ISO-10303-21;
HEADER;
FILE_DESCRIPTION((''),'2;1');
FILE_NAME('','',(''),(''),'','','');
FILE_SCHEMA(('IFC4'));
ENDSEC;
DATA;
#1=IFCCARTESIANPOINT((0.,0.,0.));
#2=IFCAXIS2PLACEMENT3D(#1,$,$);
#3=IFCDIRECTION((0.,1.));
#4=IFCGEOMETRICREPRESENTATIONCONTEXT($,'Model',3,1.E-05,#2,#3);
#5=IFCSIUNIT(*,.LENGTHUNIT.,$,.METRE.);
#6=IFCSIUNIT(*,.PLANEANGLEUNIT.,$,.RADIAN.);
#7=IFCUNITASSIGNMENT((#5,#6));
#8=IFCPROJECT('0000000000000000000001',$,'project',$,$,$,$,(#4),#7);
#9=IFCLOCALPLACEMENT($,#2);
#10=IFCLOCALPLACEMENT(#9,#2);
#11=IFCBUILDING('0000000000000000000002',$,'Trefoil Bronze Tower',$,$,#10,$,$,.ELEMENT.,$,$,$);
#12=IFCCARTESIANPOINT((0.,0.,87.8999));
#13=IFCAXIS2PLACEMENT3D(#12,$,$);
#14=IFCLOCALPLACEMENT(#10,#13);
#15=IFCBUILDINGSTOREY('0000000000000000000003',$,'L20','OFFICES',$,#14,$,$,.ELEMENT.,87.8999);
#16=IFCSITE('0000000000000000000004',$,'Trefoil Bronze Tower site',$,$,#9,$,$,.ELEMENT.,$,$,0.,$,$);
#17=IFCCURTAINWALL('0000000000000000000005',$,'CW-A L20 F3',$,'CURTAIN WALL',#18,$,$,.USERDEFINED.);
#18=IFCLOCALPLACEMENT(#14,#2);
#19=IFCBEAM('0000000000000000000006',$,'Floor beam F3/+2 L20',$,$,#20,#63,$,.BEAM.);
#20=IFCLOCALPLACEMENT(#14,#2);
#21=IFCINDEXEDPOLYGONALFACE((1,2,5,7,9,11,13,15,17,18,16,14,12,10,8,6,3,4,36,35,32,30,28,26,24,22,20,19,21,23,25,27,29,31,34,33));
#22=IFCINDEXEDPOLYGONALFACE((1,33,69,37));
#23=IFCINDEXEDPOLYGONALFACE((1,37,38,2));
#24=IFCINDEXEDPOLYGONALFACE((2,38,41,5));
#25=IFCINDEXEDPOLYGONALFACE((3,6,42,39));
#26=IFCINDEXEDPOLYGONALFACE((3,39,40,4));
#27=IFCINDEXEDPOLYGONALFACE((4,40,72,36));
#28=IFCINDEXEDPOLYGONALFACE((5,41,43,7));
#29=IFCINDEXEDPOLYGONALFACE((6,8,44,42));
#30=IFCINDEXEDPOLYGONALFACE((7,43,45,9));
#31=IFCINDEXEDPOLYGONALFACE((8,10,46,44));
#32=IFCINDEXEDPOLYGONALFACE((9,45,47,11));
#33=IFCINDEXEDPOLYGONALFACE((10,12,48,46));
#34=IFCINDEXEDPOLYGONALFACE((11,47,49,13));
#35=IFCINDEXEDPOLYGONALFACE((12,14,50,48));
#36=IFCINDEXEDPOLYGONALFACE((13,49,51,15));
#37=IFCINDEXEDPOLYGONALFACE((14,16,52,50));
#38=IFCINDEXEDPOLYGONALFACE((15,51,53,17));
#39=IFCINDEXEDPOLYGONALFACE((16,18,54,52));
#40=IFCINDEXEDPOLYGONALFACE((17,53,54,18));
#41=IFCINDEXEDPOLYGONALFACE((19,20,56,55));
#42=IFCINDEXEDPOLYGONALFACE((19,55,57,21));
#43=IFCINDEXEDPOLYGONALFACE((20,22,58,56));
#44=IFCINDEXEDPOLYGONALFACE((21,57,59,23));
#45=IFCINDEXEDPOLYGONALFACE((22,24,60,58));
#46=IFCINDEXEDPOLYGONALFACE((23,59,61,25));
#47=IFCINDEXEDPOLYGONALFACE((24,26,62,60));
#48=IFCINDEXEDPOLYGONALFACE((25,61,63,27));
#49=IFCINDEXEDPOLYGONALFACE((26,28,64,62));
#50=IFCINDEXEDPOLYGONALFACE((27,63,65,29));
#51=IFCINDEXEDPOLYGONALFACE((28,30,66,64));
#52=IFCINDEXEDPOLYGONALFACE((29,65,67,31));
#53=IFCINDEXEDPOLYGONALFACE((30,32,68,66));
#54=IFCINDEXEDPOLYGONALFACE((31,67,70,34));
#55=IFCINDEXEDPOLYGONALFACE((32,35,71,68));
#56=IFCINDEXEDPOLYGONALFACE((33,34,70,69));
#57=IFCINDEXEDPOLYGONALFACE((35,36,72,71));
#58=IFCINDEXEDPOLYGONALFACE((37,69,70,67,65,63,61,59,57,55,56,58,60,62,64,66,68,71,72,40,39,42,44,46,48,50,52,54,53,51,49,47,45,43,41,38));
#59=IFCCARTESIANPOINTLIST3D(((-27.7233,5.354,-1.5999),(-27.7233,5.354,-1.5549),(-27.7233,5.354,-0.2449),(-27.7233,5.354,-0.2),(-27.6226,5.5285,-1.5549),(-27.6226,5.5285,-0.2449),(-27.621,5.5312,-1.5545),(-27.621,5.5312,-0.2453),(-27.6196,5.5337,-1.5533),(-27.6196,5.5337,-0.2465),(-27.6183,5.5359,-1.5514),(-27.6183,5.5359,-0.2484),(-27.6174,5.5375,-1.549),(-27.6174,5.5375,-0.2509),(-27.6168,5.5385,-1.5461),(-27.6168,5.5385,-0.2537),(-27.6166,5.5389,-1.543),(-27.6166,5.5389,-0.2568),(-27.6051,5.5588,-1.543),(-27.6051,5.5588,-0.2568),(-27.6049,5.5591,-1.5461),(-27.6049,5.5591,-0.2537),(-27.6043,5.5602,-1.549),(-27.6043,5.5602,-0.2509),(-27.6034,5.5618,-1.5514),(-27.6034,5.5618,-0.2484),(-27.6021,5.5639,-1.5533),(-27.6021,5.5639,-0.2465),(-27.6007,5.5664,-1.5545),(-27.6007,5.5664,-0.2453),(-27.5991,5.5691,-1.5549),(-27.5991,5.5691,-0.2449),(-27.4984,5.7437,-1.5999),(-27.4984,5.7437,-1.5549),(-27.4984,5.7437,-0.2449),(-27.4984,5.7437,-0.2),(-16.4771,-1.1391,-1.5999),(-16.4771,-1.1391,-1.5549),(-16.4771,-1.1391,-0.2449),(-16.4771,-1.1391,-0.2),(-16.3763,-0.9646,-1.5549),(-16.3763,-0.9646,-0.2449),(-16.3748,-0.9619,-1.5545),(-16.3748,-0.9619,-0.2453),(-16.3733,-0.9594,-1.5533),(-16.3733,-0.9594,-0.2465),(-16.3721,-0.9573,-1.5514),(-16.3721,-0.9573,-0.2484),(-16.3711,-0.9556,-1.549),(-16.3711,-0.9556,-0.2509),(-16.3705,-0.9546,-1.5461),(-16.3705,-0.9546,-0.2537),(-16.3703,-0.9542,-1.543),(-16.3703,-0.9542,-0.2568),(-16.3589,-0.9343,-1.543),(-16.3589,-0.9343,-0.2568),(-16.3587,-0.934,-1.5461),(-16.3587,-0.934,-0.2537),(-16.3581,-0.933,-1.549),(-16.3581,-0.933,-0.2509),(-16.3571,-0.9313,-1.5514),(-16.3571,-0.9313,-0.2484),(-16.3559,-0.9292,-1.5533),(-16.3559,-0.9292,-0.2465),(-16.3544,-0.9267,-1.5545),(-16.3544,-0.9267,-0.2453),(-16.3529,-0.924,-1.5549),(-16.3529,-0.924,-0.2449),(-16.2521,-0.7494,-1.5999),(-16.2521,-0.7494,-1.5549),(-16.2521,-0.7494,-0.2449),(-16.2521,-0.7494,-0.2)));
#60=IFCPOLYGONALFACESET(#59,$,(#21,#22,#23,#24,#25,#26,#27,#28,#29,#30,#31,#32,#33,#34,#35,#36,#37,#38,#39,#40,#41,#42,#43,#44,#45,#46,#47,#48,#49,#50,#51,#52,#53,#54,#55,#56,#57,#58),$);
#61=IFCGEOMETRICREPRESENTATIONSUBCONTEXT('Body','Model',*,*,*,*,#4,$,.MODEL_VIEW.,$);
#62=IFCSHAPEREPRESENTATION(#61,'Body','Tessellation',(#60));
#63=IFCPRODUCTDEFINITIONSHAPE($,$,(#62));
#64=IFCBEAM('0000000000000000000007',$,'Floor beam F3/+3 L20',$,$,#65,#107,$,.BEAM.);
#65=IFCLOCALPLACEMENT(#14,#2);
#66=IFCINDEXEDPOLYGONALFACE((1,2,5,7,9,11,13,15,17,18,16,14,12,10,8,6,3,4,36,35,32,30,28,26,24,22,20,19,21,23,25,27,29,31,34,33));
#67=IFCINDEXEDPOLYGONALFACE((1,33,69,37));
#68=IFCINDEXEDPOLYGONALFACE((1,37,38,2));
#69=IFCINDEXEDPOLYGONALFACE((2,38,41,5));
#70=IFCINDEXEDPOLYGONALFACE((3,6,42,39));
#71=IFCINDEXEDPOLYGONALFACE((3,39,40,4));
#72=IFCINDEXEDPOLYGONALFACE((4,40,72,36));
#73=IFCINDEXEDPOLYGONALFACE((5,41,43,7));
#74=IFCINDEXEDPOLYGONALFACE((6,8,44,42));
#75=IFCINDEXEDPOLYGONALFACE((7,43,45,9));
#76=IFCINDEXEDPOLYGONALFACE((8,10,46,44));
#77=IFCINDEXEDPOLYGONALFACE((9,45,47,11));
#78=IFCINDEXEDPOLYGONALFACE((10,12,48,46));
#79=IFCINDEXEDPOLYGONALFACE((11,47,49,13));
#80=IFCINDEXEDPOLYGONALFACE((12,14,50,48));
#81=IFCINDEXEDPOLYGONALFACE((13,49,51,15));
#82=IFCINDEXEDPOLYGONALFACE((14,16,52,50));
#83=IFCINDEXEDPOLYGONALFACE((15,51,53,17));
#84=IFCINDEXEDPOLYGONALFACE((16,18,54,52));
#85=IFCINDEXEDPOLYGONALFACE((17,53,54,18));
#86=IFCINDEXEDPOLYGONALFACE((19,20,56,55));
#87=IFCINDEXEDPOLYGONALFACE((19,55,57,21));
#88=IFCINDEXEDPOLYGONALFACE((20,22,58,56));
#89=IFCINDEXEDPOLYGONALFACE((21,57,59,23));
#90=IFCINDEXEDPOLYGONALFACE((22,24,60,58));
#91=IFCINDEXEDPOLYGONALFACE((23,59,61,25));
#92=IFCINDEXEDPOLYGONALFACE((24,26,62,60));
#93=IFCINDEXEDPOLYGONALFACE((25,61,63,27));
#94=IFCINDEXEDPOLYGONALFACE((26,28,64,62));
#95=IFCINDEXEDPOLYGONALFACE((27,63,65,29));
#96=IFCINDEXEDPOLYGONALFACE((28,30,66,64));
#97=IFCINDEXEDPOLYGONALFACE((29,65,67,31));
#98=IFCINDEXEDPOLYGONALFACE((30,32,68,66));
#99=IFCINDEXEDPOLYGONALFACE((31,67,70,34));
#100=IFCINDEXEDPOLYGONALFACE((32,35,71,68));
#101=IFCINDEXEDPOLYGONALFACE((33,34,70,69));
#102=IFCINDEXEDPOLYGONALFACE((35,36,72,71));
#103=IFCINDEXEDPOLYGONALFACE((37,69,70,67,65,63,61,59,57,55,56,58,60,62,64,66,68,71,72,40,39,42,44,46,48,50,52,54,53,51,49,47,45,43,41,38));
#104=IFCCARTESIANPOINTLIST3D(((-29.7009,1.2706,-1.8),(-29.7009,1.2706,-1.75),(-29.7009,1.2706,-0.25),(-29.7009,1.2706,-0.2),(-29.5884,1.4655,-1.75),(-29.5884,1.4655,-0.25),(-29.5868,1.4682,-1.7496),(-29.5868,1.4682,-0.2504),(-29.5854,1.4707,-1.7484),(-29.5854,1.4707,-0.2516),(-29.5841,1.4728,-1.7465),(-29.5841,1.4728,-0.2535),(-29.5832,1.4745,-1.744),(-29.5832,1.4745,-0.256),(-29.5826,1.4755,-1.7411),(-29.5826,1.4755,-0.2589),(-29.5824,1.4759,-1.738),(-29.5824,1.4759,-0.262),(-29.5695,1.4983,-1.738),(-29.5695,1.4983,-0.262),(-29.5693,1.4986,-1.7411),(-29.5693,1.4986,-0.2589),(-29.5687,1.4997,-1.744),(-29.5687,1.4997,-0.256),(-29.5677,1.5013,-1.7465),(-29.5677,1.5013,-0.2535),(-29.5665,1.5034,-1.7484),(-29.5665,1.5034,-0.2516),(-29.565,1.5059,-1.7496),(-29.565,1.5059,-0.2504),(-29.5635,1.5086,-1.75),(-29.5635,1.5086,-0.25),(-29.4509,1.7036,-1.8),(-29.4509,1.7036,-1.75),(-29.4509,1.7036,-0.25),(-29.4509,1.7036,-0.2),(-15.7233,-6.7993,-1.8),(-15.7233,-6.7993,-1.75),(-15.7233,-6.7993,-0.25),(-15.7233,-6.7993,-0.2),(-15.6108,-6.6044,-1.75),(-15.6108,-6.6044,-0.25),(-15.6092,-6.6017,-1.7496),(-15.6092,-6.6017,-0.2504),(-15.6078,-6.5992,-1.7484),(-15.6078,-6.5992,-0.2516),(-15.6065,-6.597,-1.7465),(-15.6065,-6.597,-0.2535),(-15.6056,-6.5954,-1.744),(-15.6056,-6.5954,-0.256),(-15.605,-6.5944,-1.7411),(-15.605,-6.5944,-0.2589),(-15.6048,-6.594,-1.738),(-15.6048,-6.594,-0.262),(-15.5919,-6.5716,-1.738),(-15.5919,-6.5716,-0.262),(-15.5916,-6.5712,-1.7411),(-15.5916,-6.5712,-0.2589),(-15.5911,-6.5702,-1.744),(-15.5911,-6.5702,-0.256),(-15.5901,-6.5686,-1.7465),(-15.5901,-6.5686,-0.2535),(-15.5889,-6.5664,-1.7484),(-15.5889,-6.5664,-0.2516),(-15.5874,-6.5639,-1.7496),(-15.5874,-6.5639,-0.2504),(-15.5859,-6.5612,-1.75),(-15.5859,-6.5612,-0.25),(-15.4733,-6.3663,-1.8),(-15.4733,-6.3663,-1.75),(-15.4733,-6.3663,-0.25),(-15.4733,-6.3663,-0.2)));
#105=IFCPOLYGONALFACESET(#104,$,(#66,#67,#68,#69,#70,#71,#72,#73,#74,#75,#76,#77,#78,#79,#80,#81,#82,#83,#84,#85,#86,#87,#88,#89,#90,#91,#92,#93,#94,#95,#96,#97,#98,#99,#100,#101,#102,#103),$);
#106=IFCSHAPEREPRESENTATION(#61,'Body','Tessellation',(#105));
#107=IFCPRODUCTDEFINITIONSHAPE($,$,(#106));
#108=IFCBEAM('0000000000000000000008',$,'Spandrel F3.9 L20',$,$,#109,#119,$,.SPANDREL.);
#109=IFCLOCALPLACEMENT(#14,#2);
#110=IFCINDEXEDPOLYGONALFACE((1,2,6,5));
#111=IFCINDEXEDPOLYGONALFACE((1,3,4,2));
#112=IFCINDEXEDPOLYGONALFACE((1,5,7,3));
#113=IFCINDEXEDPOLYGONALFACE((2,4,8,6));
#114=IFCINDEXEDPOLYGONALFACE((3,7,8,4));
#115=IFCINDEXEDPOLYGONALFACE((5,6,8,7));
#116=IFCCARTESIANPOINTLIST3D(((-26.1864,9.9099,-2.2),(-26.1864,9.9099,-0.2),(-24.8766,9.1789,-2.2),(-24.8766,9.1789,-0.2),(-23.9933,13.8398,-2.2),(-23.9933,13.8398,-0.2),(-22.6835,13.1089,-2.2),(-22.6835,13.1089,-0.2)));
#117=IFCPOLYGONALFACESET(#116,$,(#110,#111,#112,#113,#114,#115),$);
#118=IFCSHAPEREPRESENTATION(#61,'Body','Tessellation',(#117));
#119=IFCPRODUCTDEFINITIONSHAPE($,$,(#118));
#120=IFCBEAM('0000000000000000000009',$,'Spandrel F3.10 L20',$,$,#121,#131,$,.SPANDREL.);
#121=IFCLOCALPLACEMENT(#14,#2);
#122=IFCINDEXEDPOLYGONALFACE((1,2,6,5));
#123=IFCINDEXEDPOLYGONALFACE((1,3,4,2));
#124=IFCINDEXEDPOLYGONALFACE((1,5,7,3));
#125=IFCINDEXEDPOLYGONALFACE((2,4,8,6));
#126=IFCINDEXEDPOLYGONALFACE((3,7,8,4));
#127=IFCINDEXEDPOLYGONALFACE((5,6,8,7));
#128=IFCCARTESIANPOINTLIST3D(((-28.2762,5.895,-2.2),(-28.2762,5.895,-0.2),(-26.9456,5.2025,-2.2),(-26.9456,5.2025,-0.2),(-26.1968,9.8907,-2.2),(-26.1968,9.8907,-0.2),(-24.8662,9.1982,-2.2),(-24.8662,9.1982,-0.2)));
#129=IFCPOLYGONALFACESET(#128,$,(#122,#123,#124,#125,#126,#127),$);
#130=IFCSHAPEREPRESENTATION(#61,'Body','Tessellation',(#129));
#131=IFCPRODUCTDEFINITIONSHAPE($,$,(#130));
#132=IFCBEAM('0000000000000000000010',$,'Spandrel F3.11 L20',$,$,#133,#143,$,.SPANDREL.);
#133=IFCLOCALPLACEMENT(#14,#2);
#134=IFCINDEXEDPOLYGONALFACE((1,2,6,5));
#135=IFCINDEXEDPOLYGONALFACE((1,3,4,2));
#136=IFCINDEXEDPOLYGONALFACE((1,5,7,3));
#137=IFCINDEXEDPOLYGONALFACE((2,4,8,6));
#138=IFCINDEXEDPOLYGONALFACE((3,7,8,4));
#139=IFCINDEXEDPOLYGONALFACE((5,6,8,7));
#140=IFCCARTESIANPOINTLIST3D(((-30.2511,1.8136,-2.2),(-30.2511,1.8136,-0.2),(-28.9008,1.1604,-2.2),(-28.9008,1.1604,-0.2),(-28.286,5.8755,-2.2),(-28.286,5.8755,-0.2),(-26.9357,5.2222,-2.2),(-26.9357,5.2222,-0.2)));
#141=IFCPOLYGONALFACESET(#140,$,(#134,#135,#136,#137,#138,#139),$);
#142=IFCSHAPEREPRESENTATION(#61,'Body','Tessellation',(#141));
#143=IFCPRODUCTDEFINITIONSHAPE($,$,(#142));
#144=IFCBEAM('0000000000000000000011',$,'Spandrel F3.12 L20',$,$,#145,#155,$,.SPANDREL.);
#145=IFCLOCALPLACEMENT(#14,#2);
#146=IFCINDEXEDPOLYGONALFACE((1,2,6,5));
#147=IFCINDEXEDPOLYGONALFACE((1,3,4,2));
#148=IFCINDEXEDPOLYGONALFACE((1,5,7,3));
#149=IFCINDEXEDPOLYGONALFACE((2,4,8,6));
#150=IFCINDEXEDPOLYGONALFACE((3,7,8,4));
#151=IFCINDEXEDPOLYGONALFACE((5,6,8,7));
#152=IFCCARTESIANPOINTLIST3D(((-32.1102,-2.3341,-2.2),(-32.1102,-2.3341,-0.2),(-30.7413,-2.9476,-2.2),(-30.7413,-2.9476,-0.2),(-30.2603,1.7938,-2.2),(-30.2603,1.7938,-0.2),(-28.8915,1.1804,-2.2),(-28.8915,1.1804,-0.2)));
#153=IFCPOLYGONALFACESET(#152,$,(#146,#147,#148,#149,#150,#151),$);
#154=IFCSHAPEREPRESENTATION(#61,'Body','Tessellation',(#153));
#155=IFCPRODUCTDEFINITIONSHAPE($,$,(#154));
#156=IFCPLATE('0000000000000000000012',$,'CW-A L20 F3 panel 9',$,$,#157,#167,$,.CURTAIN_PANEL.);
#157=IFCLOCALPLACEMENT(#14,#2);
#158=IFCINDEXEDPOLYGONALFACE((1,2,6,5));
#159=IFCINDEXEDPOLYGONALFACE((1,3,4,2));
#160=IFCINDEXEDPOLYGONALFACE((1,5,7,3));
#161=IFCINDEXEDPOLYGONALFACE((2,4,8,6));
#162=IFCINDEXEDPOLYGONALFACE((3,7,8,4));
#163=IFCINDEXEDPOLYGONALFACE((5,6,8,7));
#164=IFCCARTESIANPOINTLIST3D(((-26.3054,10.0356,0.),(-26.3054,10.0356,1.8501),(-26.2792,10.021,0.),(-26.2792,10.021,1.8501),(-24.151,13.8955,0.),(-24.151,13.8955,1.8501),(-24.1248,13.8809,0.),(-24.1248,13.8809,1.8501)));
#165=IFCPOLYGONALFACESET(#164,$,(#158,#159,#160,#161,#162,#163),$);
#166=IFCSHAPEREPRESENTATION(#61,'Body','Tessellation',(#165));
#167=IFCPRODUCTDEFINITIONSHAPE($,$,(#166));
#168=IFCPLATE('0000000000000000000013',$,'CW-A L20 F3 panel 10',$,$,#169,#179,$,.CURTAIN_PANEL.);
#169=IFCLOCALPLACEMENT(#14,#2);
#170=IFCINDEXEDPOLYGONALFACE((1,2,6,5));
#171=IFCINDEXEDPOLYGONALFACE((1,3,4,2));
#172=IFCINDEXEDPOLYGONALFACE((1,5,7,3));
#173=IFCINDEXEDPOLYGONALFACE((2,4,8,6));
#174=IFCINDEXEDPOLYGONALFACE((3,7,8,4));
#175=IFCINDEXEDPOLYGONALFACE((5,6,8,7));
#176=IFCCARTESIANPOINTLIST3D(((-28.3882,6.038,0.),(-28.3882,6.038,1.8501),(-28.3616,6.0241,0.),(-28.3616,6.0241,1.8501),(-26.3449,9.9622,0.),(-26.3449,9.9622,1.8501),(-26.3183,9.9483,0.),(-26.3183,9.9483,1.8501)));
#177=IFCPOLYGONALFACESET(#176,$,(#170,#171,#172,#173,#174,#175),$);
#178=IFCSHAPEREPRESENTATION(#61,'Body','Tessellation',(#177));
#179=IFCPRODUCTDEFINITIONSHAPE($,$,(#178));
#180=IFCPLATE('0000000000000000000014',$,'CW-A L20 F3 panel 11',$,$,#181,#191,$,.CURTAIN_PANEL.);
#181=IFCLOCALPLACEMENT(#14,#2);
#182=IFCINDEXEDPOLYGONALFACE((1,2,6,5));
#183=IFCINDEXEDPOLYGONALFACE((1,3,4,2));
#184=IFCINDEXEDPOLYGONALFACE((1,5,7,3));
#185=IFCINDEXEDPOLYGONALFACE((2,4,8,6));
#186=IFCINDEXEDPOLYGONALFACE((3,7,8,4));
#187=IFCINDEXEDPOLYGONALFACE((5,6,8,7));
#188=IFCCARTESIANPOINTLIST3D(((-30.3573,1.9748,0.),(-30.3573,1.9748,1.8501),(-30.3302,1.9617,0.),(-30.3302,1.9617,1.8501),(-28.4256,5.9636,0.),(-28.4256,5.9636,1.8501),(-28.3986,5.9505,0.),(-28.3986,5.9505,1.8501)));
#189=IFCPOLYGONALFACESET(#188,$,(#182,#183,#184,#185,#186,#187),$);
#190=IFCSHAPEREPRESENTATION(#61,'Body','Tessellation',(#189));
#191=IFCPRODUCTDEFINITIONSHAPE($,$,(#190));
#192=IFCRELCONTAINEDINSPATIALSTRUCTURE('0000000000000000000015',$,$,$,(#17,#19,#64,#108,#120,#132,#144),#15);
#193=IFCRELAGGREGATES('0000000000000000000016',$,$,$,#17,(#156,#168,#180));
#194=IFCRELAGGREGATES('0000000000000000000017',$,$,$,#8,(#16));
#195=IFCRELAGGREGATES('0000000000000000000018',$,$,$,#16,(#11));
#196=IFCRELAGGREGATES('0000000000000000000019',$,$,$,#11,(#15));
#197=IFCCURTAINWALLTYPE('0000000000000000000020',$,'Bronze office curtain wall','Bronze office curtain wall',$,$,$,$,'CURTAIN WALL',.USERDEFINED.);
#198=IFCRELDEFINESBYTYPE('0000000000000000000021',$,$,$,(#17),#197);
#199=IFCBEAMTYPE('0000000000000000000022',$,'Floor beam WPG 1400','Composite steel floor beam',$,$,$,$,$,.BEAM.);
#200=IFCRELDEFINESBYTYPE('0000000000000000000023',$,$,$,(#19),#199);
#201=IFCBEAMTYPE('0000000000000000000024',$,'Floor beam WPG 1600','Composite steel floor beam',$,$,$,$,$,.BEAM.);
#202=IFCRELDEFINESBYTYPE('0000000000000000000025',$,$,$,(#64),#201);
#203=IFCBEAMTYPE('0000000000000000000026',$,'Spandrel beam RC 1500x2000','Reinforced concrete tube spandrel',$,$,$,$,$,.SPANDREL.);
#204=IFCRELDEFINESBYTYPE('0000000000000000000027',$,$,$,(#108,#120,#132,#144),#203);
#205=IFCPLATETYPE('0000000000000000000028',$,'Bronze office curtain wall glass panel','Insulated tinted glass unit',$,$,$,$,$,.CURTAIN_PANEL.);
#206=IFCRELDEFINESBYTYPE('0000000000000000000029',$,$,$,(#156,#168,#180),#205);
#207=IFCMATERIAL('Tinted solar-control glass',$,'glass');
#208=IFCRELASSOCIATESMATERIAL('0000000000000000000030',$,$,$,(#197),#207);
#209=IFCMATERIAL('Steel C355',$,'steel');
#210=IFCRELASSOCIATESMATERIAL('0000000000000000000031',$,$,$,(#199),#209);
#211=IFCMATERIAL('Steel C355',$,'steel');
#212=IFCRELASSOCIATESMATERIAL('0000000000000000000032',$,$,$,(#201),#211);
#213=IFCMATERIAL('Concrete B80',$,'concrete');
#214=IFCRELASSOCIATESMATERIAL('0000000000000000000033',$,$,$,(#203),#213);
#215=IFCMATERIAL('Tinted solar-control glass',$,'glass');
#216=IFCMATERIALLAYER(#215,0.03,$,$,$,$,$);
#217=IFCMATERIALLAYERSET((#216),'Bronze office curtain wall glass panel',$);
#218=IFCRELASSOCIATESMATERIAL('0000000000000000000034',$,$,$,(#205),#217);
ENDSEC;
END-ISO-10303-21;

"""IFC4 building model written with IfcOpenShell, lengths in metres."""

from ifc_helpers import new_model, si_unit, direction, frame, origin, origin_2d, place, context, subcontext, project, spatial, rectangle, i_section, extrude, material, layer, layer_set, material_profile, profile_set, type_object, element, aggregate, save


model = new_model("IFC4")

# Units and contexts
model_context = context("Model", 3, precision=1e-05, world=origin(), true_north=direction((0.0, 1.0)))
body_context = subcontext(model_context, "Body", "Model", "MODEL_VIEW")
ifc_project = project(units=[si_unit("LENGTHUNIT", "METRE"), si_unit("PLANEANGLEUNIT", "RADIAN")], contexts=[model_context])

# Site, building, storey
site_placement = place(None, origin())
site = spatial("IfcSite", under=ifc_project, at=site_placement, Name="Trefoil Bronze Tower site", CompositionType="ELEMENT", RefElevation=0.0)
building_placement = place(site_placement, origin())
building = spatial("IfcBuilding", under=site, at=building_placement, Name="Trefoil Bronze Tower", CompositionType="ELEMENT")
storey_placement = place(building_placement, frame((0.0, 0.0, 87.8999)))
storey = spatial("IfcBuildingStorey", under=building, at=storey_placement, Name="L20", Description="OFFICES", CompositionType="ELEMENT", Elevation=87.8999)

# Curtain wall
ifc_material_1 = material(Name="Tinted solar-control glass", Category="glass")
curtain_wall_type = type_object("IfcCurtainWallType", Name="Bronze office curtain wall", Description="Bronze office curtain wall", ElementType="CURTAIN WALL", PredefinedType="USERDEFINED", material=ifc_material_1)
curtain_wall_placement = place(storey_placement, origin())
curtain_wall = element("IfcCurtainWall", 1, at=curtain_wall_placement, inside=storey, type_object=curtain_wall_type, Name="CW-A L20 F3", ObjectType="CURTAIN WALL", PredefinedType="USERDEFINED")

# Beams
ifc_material_2 = material(Name="Steel C355", Category="steel")
ifc_material_profile_1 = material_profile(ifc_material_2, i_section(OverallWidth=0.45, OverallDepth=1.3999, WebThickness=0.0229, FlangeThickness=0.0449, FilletRadius=0.012, at=origin_2d()), Name="WPG 1400")
ifc_profile_set_1 = profile_set([ifc_material_profile_1], Name="Steel C355")
beam_type_1 = type_object("IfcBeamType", Name="Floor beam WPG 1400", Description="Composite steel floor beam", PredefinedType="BEAM", material=ifc_profile_set_1)
beam_1_placement = place(storey_placement, frame((-27.6108, 5.5488, -0.8999), z_axis=(0.866022, -0.500005, 0.0), x_axis=(0.500005, 0.866022, 0.0)))
element("IfcBeam", 2, at=beam_1_placement, inside=storey, type_object=beam_type_1, Name="Floor beam F3/+2 L20", PredefinedType="BEAM", context=body_context, shape_type="SweptSolid", body=[
    extrude(i_section(OverallWidth=0.45, OverallDepth=1.3999, WebThickness=0.0229, FlangeThickness=0.0449, FilletRadius=0.012, at=origin_2d()), origin(), (0.0, 0.0, 1.0), 12.9861),
])
ifc_material_3 = material(Name="Steel C355", Category="steel")
ifc_material_profile_2 = material_profile(ifc_material_3, i_section(OverallWidth=0.5, OverallDepth=1.6001, WebThickness=0.0259, FlangeThickness=0.05, FilletRadius=0.012, at=origin_2d()), Name="WPG 1600")
ifc_profile_set_2 = profile_set([ifc_material_profile_2], Name="Steel C355")
beam_type_2 = type_object("IfcBeamType", Name="Floor beam WPG 1600", Description="Composite steel floor beam", PredefinedType="BEAM", material=ifc_profile_set_2)
beam_2_placement = place(storey_placement, frame((-29.5759, 1.4871, -1.0), z_axis=(0.866028, -0.499995, 0.0), x_axis=(0.499995, 0.866028, 0.0)))
element("IfcBeam", 3, at=beam_2_placement, inside=storey, type_object=beam_type_2, Name="Floor beam F3/+3 L20", PredefinedType="BEAM", context=body_context, shape_type="SweptSolid", body=[
    extrude(i_section(OverallWidth=0.5, OverallDepth=1.6001, WebThickness=0.0259, FlangeThickness=0.05, FilletRadius=0.012, at=origin_2d()), origin(), (0.0, 0.0, 1.0), 16.1399),
])
ifc_material_4 = material(Name="Concrete B80", Category="concrete")
ifc_material_profile_3 = material_profile(ifc_material_4, rectangle(XDim=1.5, YDim=2.0, at=origin_2d()), Name="RC 1500x2000")
ifc_profile_set_3 = profile_set([ifc_material_profile_3], Name="Concrete B80")
beam_type_3 = type_object("IfcBeamType", Name="Spandrel beam RC 1500x2000", Description="Reinforced concrete tube spandrel", PredefinedType="SPANDREL", material=ifc_profile_set_3)
beam_3_placement = place(storey_placement, frame((-23.3384, 13.4744, -1.2), z_axis=(-0.487309, -0.873229, 0.0), x_axis=(0.873229, -0.487309, 0.0)))
element("IfcBeam", 4, at=beam_3_placement, inside=storey, type_object=beam_type_3, Name="Spandrel F3.9 L20", PredefinedType="SPANDREL", context=body_context, shape_type="SweptSolid", body=[
    extrude(rectangle(XDim=1.5, YDim=2.0, at=origin_2d()), origin(), (0.0, 0.0, 1.0), 4.5005),
])
beam_4_placement = place(storey_placement, frame((-25.5315, 9.5444, -1.2), z_axis=(-0.461638, -0.887069, 0.0), x_axis=(0.887069, -0.461638, 0.0)))
element("IfcBeam", 5, at=beam_4_placement, inside=storey, type_object=beam_type_3, Name="Spandrel F3.10 L20", PredefinedType="SPANDREL", context=body_context, shape_type="SweptSolid", body=[
    extrude(rectangle(XDim=1.5, YDim=2.0, at=origin_2d()), origin(), (0.0, 0.0, 1.0), 4.5044),
])
beam_5_placement = place(storey_placement, frame((-27.6108, 5.5488, -1.2), z_axis=(-0.43551, -0.900184, 0.0), x_axis=(0.900184, -0.43551, 0.0)))
element("IfcBeam", 6, at=beam_5_placement, inside=storey, type_object=beam_type_3, Name="Spandrel F3.11 L20", PredefinedType="SPANDREL", context=body_context, shape_type="SweptSolid", body=[
    extrude(rectangle(XDim=1.5, YDim=2.0, at=origin_2d()), origin(), (0.0, 0.0, 1.0), 4.5122),
])
beam_6_placement = place(storey_placement, frame((-29.5759, 1.4871, -1.2), z_axis=(-0.408946, -0.912559, 0.0), x_axis=(0.912559, -0.408946, 0.0)))
element("IfcBeam", 7, at=beam_6_placement, inside=storey, type_object=beam_type_3, Name="Spandrel F3.12 L20", PredefinedType="SPANDREL", context=body_context, shape_type="SweptSolid", body=[
    extrude(rectangle(XDim=1.5, YDim=2.0, at=origin_2d()), origin(), (0.0, 0.0, 1.0), 4.5234),
])

# Plates
ifc_material_5 = material(Name="Tinted solar-control glass", Category="glass")
ifc_layer_1 = layer(ifc_material_5, 0.03)
ifc_layer_set_1 = layer_set([ifc_layer_1], Name="Bronze office curtain wall glass panel")
plate_type = type_object("IfcPlateType", Name="Bronze office curtain wall glass panel", Description="Insulated tinted glass unit", PredefinedType="CURTAIN_PANEL", material=ifc_layer_set_1)
plate_1_placement = place(storey_placement, frame((-25.2151, 11.9583, 0.0), z_axis=(0.0, 0.0, 1.0), x_axis=(-0.487382, -0.873189, 0.0)))
plate_1 = element("IfcPlate", 8, at=plate_1_placement, type_object=plate_type, Name="CW-A L20 F3 panel 9", PredefinedType="CURTAIN_PANEL", context=body_context, shape_type="SweptSolid", body=[
    extrude(rectangle(XDim=4.4204, YDim=0.03, at=origin_2d()), origin(), (0.0, 0.0, 1.0), 1.8501),
])
plate_2_placement = place(storey_placement, frame((-27.3533, 7.9932, 0.0), z_axis=(0.0, 0.0, 1.0), x_axis=(-0.46183, -0.886969, 0.0)))
plate_2 = element("IfcPlate", 9, at=plate_2_placement, type_object=plate_type, Name="CW-A L20 F3 panel 10", PredefinedType="CURTAIN_PANEL", context=body_context, shape_type="SweptSolid", body=[
    extrude(rectangle(XDim=4.4243, YDim=0.03, at=origin_2d()), origin(), (0.0, 0.0, 1.0), 1.8501),
])
plate_3_placement = place(storey_placement, frame((-29.3779, 3.9626, 0.0), z_axis=(0.0, 0.0, 1.0), x_axis=(-0.435855, -0.900017, 0.0)))
plate_3 = element("IfcPlate", 10, at=plate_3_placement, type_object=plate_type, Name="CW-A L20 F3 panel 11", PredefinedType="CURTAIN_PANEL", context=body_context, shape_type="SweptSolid", body=[
    extrude(rectangle(XDim=4.4319, YDim=0.03, at=origin_2d()), origin(), (0.0, 0.0, 1.0), 1.8501),
])
aggregate(curtain_wall, [plate_1, plate_2, plate_3])

save(model, "model.ifc")
